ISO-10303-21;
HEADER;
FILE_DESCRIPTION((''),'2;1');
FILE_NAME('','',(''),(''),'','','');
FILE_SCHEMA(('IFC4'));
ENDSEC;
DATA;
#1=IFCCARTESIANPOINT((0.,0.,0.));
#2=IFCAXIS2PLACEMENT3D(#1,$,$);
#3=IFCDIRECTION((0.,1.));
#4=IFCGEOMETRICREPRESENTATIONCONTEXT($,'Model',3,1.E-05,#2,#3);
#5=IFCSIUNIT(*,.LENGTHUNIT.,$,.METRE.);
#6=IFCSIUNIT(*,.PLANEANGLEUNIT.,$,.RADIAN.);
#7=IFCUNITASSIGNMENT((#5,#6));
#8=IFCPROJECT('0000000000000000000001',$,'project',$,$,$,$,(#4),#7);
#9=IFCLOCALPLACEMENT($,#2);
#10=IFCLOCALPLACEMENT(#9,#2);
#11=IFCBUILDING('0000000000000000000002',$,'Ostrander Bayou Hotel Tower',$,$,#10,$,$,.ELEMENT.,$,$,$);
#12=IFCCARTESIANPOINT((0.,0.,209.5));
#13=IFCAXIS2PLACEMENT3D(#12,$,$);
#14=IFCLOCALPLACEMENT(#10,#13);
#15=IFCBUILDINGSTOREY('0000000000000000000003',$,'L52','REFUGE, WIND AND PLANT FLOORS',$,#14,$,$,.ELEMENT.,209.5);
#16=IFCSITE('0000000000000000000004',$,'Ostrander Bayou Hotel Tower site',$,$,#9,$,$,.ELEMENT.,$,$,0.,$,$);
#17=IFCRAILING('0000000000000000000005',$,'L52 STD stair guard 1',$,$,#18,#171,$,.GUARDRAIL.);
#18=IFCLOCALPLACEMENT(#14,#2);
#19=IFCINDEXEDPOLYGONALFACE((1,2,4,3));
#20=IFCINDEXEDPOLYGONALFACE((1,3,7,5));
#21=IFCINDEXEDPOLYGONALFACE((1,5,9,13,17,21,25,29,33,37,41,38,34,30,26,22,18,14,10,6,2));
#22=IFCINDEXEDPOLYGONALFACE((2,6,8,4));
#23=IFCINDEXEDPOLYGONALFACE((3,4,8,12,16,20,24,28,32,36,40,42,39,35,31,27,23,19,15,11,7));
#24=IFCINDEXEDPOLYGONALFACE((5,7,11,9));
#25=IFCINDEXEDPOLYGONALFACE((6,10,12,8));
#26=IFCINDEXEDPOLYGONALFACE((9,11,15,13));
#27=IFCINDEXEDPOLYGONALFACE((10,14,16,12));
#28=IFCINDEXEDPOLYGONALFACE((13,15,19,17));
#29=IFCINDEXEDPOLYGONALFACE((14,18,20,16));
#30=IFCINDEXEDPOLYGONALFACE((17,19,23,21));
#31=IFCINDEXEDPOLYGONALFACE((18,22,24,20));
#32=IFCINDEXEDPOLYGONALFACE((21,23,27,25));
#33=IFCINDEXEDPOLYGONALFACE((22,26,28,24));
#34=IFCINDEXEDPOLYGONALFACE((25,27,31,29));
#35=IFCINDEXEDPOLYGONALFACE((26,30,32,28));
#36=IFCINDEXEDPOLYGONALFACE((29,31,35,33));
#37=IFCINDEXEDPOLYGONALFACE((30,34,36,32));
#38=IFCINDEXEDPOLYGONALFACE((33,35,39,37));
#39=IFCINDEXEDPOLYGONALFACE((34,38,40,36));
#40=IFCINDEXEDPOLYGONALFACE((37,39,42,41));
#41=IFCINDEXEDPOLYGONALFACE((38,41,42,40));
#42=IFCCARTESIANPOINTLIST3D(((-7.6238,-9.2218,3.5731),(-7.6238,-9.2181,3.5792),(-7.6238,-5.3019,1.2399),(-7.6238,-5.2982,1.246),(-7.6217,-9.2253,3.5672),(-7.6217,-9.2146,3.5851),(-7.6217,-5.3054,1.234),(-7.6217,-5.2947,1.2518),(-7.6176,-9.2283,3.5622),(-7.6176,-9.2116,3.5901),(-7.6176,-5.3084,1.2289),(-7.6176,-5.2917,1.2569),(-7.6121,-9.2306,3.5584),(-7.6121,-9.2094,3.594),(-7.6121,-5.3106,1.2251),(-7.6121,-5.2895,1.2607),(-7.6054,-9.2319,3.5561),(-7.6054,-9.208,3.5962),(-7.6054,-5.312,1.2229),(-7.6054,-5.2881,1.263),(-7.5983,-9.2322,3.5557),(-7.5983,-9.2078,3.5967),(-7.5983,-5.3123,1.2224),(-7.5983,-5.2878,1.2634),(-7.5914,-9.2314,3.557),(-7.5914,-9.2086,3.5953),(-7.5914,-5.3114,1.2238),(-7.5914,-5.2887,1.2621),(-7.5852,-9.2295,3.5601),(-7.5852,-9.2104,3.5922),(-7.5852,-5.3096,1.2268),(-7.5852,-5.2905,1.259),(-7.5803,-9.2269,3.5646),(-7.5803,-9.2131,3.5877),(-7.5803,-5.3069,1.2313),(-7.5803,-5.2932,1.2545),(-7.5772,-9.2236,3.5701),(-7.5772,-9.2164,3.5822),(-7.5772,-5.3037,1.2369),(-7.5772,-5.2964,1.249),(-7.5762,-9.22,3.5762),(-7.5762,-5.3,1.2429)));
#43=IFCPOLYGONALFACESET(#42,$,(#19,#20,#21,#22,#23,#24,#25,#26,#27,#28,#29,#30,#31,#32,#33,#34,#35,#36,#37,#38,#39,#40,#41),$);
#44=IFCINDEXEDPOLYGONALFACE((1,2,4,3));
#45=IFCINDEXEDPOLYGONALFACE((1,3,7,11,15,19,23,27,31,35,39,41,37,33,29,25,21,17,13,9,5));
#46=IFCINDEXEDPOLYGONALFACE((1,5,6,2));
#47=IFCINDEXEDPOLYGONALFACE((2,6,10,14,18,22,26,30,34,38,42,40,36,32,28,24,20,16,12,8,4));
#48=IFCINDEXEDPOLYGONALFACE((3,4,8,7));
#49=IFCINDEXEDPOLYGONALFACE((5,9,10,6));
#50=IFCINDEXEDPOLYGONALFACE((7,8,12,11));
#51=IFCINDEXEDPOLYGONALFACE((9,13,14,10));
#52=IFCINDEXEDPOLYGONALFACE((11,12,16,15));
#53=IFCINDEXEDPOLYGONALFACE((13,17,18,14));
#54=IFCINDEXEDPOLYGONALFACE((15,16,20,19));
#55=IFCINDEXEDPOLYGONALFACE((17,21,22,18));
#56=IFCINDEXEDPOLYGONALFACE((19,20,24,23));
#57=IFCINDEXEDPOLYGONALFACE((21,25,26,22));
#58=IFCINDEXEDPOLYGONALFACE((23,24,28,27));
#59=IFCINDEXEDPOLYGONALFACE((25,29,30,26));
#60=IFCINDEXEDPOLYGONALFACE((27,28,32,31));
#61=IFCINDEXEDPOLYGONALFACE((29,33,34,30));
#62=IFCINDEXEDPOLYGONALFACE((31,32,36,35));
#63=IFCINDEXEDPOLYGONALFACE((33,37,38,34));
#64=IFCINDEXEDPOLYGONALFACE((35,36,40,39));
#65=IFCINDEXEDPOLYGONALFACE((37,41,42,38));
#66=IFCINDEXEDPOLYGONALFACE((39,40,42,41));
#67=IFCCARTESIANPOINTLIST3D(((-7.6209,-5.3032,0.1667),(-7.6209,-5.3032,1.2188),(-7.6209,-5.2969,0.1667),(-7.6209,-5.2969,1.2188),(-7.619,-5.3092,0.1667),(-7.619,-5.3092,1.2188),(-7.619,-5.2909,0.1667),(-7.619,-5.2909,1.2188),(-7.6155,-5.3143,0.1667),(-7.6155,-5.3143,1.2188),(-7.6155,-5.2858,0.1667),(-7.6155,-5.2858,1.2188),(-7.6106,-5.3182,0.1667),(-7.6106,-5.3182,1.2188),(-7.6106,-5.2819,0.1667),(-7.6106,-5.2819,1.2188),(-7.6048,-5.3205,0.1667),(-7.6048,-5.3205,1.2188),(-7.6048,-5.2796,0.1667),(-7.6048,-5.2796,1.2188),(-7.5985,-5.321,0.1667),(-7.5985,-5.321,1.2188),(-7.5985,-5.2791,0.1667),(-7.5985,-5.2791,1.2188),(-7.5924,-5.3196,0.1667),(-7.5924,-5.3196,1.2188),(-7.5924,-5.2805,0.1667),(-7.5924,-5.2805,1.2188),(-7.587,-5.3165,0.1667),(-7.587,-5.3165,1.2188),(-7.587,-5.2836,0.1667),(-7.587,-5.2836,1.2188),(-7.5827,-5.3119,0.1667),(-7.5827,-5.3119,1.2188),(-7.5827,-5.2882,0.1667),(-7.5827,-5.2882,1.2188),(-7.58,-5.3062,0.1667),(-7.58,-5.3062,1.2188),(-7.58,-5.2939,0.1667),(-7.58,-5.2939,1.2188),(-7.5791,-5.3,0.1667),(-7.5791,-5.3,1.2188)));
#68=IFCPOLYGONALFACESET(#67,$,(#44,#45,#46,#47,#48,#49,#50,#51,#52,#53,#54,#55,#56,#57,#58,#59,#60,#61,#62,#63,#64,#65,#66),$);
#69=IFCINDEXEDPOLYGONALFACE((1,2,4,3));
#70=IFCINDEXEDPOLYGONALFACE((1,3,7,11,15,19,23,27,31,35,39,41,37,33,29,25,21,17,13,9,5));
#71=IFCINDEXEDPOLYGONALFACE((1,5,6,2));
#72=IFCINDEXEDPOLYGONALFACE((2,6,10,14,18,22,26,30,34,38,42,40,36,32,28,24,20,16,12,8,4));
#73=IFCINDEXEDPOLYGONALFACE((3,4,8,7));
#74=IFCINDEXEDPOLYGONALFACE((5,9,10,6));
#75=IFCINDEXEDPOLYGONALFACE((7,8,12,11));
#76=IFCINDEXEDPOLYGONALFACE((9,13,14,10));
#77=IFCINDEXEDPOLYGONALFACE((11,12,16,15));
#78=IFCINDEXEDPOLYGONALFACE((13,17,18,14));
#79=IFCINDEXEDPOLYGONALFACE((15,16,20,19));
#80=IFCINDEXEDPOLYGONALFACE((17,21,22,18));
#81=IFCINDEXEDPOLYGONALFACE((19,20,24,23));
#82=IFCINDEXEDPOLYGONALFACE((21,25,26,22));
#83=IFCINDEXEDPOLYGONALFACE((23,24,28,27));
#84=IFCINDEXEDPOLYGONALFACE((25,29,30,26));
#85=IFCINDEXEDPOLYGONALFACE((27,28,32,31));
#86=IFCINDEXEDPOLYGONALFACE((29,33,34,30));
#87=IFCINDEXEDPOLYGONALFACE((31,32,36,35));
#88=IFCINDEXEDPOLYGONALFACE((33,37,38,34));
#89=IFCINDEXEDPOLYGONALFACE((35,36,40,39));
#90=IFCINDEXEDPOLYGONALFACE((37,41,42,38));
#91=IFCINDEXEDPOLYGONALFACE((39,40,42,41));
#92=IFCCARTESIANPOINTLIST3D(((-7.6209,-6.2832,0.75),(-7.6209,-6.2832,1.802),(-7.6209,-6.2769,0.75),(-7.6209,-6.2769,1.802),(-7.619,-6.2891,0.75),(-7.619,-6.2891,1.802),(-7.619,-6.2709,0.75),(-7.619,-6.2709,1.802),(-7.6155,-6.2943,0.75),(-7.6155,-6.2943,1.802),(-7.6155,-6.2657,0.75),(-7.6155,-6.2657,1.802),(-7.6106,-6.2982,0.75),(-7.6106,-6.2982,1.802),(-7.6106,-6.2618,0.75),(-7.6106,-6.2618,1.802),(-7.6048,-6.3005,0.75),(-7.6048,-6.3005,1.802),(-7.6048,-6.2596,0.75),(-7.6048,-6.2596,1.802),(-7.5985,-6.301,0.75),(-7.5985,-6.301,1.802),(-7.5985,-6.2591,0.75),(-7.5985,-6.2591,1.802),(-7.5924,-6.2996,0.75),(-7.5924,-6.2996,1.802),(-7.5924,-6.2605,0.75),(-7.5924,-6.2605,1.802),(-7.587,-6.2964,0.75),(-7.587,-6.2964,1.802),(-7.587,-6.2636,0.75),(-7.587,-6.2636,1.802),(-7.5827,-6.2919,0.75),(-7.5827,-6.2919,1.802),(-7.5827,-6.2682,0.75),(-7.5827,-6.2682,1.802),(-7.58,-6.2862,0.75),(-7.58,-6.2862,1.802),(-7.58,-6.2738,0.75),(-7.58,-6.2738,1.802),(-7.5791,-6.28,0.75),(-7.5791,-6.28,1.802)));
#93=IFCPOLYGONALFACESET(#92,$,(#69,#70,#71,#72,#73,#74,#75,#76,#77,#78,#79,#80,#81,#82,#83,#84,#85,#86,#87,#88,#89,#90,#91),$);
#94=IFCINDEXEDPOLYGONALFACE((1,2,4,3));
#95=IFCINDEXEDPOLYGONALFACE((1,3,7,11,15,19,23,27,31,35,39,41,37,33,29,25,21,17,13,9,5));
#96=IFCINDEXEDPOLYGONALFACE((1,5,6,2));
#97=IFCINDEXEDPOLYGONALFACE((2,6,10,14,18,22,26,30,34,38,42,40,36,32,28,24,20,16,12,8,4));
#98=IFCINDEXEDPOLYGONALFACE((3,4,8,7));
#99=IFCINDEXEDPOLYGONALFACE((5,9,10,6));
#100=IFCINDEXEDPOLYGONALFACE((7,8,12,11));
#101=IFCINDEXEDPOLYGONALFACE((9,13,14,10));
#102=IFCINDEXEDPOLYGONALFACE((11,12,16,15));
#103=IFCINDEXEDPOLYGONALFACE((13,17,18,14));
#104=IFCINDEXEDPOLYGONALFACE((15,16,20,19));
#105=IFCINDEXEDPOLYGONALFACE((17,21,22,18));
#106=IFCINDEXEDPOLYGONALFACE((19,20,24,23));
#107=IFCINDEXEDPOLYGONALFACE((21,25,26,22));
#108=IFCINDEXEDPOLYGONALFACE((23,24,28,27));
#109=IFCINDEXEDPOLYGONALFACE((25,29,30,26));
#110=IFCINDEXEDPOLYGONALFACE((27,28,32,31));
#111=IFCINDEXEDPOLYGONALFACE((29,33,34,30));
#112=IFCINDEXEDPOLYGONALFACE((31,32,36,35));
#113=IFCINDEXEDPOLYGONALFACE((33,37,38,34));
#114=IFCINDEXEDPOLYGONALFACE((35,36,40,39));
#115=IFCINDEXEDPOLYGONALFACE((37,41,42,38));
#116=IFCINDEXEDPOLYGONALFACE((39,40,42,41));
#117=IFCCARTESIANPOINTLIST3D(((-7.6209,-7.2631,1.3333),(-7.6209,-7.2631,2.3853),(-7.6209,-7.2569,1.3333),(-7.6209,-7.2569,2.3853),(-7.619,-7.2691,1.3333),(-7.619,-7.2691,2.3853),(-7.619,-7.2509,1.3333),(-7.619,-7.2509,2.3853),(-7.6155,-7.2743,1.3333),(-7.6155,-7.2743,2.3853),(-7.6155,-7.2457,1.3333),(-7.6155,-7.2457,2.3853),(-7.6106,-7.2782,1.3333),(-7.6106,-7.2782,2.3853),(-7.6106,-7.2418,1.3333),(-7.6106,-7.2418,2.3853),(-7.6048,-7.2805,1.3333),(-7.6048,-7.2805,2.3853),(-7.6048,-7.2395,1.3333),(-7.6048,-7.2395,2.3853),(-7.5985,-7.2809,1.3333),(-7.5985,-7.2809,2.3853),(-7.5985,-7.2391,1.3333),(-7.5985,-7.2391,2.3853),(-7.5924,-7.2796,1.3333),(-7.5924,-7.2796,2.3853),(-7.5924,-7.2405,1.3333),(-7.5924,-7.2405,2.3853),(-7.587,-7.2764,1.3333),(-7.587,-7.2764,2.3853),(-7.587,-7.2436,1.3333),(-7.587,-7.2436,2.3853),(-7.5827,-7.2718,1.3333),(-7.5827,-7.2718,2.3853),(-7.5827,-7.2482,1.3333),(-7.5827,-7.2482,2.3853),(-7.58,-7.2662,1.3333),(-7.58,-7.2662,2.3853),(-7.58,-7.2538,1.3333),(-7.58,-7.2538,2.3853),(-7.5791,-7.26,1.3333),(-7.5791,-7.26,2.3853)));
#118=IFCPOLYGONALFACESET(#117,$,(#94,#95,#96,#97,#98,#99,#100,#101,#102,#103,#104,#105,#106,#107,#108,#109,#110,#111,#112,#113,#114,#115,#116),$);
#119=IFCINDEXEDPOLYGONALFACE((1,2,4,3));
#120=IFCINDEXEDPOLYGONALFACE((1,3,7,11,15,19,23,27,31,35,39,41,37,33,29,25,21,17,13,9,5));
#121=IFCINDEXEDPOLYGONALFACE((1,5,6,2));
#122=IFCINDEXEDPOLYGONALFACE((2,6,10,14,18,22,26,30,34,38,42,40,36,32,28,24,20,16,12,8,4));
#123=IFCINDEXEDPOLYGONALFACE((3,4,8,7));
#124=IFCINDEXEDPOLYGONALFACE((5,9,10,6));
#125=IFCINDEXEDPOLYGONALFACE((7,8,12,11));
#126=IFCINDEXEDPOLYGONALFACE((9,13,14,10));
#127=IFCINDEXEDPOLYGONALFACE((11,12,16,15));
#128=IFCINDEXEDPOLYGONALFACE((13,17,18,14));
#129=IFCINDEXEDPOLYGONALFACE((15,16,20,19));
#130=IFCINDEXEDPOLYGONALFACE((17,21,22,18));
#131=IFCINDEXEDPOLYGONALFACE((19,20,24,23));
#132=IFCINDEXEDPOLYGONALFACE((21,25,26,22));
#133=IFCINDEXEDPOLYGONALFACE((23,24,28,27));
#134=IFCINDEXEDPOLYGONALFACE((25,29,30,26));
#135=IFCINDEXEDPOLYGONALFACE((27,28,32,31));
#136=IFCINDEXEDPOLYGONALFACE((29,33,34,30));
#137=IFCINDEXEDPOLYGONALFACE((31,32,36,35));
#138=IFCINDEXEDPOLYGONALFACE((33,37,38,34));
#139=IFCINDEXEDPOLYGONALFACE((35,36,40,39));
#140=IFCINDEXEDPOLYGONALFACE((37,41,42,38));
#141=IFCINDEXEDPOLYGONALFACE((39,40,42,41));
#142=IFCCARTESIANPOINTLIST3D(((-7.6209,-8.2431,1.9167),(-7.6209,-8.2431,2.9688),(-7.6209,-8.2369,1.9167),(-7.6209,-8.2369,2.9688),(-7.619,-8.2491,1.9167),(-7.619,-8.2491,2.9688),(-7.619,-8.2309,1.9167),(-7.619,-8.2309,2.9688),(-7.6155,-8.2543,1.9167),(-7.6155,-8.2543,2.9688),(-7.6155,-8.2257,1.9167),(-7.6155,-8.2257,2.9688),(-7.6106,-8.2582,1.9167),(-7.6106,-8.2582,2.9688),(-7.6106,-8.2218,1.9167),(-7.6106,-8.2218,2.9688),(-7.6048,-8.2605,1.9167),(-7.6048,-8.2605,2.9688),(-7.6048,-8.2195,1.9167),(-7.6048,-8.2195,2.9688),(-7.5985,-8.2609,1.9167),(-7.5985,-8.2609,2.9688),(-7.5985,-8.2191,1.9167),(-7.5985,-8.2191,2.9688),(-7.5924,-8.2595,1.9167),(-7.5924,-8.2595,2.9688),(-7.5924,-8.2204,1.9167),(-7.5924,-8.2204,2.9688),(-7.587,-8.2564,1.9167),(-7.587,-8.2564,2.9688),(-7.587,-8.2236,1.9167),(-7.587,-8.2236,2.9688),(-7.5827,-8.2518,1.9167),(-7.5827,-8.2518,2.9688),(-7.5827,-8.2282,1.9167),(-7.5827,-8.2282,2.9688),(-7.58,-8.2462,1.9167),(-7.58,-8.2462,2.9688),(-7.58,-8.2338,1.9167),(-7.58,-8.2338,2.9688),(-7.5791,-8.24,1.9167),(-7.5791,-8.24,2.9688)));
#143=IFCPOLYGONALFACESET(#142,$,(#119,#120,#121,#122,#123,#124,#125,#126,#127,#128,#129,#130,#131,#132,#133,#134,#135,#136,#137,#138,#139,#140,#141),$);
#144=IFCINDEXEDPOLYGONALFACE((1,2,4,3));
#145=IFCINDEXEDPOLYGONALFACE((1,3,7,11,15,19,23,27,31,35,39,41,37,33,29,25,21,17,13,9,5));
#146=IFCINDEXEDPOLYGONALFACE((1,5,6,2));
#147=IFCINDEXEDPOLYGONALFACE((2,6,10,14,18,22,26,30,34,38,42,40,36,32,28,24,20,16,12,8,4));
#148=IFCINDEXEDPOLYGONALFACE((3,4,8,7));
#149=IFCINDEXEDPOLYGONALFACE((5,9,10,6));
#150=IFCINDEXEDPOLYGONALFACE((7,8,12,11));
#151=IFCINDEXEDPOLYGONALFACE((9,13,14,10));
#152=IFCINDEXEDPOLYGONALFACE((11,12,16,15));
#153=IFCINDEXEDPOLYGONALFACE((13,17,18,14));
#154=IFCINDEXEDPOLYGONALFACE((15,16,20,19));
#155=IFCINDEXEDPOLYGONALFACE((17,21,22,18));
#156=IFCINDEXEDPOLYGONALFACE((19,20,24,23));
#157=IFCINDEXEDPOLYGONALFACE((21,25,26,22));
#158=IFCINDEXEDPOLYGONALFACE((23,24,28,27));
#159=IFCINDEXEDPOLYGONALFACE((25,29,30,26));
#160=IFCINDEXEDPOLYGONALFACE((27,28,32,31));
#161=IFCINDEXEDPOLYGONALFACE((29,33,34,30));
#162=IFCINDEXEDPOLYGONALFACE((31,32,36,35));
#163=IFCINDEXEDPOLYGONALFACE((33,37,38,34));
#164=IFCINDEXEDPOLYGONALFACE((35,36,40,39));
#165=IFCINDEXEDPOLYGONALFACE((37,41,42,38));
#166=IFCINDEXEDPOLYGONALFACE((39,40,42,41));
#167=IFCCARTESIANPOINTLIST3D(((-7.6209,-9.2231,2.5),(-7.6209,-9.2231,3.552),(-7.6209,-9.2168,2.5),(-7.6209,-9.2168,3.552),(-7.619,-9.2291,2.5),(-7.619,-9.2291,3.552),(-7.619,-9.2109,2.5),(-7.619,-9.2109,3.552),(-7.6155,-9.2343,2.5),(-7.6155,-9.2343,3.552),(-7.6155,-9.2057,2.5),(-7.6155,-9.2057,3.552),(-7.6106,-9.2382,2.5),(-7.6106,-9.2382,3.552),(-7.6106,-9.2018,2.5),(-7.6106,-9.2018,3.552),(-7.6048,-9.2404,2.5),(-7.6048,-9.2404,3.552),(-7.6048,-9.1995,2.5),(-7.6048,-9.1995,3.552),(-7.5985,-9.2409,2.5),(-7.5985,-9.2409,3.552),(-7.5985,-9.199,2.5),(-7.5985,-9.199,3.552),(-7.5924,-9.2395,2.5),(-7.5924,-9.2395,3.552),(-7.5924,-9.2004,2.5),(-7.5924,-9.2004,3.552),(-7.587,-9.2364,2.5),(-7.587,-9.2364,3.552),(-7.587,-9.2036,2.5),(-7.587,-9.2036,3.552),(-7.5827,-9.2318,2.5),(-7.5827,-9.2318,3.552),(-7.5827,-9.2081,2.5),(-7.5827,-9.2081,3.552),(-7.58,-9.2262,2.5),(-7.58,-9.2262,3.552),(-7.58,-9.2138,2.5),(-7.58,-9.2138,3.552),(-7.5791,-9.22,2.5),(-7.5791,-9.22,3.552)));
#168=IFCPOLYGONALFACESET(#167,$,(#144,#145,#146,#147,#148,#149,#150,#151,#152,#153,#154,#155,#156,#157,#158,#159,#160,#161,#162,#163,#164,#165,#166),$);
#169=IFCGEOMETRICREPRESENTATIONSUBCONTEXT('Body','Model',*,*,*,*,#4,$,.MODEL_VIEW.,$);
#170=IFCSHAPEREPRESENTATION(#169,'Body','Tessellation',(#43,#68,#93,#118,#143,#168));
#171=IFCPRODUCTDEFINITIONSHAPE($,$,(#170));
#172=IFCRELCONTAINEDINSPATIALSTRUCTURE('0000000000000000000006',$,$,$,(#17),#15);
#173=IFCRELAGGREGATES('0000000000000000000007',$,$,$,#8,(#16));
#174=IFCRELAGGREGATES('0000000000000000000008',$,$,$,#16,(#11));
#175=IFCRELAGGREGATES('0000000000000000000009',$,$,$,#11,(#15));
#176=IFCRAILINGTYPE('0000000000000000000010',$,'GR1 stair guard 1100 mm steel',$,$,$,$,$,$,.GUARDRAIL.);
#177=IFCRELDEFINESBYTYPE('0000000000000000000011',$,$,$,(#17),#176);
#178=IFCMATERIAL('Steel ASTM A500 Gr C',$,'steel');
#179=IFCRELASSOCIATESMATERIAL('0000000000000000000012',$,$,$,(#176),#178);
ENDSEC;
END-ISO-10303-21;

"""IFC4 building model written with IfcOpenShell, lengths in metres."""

from ifc_helpers import new_model, si_unit, direction, frame, origin, origin_2d, place, context, subcontext, project, spatial, circle, extrude, material, type_object, element, save


model = new_model("IFC4")

# Units and contexts
model_context = context("Model", 3, precision=1e-05, world=origin(), true_north=direction((0.0, 1.0)))
body_context = subcontext(model_context, "Body", "Model", "MODEL_VIEW")
ifc_project = project(units=[si_unit("LENGTHUNIT", "METRE"), si_unit("PLANEANGLEUNIT", "RADIAN")], contexts=[model_context])

# Site, building, storey
site_placement = place(None, origin())
site = spatial("IfcSite", under=ifc_project, at=site_placement, Name="Ostrander Bayou Hotel Tower site", CompositionType="ELEMENT", RefElevation=0.0)
building_placement = place(site_placement, origin())
building = spatial("IfcBuilding", under=site, at=building_placement, Name="Ostrander Bayou Hotel Tower", CompositionType="ELEMENT")
storey_placement = place(building_placement, frame((0.0, 0.0, 209.5)))
storey = spatial("IfcBuildingStorey", under=building, at=storey_placement, Name="L52", Description="REFUGE, WIND AND PLANT FLOORS", CompositionType="ELEMENT", Elevation=209.5)

# Railing
ifc_material_1 = material(Name="Steel ASTM A500 Gr C", Category="steel")
railing_type_1 = type_object("IfcRailingType", Name="GR1 stair guard 1100 mm steel", PredefinedType="GUARDRAIL", material=ifc_material_1)
railing_1_placement = place(storey_placement, frame((-7.6001, -5.3, 0.1667)))
element("IfcRailing", 1, at=railing_1_placement, inside=storey, type_object=railing_type_1, Name="L52 STD stair guard 1", PredefinedType="GUARDRAIL", context=body_context, shape_type="SweptSolid", body=[
    extrude(circle(Radius=0.0239, at=origin_2d()), frame((0.0, 0.0, 1.0762), z_axis=(0.0, -0.859296, 0.511478), x_axis=(1.0, 0.0, 0.0)), (0.0, 0.0, 1.0), 4.5618),
    extrude(circle(Radius=0.021, at=origin_2d()), origin(), (0.0, 0.0, 1.0), 1.052),
    extrude(circle(Radius=0.021, at=origin_2d()), frame((0.0, -0.98, 0.5833)), (0.0, 0.0, 1.0), 1.052),
    extrude(circle(Radius=0.021, at=origin_2d()), frame((0.0, -1.96, 1.1665)), (0.0, 0.0, 1.0), 1.052),
    extrude(circle(Radius=0.021, at=origin_2d()), frame((0.0, -2.9399, 1.75)), (0.0, 0.0, 1.0), 1.052),
    extrude(circle(Radius=0.021, at=origin_2d()), frame((0.0, -3.9199, 2.3333)), (0.0, 0.0, 1.0), 1.052),
])

save(model, "model.ifc")
